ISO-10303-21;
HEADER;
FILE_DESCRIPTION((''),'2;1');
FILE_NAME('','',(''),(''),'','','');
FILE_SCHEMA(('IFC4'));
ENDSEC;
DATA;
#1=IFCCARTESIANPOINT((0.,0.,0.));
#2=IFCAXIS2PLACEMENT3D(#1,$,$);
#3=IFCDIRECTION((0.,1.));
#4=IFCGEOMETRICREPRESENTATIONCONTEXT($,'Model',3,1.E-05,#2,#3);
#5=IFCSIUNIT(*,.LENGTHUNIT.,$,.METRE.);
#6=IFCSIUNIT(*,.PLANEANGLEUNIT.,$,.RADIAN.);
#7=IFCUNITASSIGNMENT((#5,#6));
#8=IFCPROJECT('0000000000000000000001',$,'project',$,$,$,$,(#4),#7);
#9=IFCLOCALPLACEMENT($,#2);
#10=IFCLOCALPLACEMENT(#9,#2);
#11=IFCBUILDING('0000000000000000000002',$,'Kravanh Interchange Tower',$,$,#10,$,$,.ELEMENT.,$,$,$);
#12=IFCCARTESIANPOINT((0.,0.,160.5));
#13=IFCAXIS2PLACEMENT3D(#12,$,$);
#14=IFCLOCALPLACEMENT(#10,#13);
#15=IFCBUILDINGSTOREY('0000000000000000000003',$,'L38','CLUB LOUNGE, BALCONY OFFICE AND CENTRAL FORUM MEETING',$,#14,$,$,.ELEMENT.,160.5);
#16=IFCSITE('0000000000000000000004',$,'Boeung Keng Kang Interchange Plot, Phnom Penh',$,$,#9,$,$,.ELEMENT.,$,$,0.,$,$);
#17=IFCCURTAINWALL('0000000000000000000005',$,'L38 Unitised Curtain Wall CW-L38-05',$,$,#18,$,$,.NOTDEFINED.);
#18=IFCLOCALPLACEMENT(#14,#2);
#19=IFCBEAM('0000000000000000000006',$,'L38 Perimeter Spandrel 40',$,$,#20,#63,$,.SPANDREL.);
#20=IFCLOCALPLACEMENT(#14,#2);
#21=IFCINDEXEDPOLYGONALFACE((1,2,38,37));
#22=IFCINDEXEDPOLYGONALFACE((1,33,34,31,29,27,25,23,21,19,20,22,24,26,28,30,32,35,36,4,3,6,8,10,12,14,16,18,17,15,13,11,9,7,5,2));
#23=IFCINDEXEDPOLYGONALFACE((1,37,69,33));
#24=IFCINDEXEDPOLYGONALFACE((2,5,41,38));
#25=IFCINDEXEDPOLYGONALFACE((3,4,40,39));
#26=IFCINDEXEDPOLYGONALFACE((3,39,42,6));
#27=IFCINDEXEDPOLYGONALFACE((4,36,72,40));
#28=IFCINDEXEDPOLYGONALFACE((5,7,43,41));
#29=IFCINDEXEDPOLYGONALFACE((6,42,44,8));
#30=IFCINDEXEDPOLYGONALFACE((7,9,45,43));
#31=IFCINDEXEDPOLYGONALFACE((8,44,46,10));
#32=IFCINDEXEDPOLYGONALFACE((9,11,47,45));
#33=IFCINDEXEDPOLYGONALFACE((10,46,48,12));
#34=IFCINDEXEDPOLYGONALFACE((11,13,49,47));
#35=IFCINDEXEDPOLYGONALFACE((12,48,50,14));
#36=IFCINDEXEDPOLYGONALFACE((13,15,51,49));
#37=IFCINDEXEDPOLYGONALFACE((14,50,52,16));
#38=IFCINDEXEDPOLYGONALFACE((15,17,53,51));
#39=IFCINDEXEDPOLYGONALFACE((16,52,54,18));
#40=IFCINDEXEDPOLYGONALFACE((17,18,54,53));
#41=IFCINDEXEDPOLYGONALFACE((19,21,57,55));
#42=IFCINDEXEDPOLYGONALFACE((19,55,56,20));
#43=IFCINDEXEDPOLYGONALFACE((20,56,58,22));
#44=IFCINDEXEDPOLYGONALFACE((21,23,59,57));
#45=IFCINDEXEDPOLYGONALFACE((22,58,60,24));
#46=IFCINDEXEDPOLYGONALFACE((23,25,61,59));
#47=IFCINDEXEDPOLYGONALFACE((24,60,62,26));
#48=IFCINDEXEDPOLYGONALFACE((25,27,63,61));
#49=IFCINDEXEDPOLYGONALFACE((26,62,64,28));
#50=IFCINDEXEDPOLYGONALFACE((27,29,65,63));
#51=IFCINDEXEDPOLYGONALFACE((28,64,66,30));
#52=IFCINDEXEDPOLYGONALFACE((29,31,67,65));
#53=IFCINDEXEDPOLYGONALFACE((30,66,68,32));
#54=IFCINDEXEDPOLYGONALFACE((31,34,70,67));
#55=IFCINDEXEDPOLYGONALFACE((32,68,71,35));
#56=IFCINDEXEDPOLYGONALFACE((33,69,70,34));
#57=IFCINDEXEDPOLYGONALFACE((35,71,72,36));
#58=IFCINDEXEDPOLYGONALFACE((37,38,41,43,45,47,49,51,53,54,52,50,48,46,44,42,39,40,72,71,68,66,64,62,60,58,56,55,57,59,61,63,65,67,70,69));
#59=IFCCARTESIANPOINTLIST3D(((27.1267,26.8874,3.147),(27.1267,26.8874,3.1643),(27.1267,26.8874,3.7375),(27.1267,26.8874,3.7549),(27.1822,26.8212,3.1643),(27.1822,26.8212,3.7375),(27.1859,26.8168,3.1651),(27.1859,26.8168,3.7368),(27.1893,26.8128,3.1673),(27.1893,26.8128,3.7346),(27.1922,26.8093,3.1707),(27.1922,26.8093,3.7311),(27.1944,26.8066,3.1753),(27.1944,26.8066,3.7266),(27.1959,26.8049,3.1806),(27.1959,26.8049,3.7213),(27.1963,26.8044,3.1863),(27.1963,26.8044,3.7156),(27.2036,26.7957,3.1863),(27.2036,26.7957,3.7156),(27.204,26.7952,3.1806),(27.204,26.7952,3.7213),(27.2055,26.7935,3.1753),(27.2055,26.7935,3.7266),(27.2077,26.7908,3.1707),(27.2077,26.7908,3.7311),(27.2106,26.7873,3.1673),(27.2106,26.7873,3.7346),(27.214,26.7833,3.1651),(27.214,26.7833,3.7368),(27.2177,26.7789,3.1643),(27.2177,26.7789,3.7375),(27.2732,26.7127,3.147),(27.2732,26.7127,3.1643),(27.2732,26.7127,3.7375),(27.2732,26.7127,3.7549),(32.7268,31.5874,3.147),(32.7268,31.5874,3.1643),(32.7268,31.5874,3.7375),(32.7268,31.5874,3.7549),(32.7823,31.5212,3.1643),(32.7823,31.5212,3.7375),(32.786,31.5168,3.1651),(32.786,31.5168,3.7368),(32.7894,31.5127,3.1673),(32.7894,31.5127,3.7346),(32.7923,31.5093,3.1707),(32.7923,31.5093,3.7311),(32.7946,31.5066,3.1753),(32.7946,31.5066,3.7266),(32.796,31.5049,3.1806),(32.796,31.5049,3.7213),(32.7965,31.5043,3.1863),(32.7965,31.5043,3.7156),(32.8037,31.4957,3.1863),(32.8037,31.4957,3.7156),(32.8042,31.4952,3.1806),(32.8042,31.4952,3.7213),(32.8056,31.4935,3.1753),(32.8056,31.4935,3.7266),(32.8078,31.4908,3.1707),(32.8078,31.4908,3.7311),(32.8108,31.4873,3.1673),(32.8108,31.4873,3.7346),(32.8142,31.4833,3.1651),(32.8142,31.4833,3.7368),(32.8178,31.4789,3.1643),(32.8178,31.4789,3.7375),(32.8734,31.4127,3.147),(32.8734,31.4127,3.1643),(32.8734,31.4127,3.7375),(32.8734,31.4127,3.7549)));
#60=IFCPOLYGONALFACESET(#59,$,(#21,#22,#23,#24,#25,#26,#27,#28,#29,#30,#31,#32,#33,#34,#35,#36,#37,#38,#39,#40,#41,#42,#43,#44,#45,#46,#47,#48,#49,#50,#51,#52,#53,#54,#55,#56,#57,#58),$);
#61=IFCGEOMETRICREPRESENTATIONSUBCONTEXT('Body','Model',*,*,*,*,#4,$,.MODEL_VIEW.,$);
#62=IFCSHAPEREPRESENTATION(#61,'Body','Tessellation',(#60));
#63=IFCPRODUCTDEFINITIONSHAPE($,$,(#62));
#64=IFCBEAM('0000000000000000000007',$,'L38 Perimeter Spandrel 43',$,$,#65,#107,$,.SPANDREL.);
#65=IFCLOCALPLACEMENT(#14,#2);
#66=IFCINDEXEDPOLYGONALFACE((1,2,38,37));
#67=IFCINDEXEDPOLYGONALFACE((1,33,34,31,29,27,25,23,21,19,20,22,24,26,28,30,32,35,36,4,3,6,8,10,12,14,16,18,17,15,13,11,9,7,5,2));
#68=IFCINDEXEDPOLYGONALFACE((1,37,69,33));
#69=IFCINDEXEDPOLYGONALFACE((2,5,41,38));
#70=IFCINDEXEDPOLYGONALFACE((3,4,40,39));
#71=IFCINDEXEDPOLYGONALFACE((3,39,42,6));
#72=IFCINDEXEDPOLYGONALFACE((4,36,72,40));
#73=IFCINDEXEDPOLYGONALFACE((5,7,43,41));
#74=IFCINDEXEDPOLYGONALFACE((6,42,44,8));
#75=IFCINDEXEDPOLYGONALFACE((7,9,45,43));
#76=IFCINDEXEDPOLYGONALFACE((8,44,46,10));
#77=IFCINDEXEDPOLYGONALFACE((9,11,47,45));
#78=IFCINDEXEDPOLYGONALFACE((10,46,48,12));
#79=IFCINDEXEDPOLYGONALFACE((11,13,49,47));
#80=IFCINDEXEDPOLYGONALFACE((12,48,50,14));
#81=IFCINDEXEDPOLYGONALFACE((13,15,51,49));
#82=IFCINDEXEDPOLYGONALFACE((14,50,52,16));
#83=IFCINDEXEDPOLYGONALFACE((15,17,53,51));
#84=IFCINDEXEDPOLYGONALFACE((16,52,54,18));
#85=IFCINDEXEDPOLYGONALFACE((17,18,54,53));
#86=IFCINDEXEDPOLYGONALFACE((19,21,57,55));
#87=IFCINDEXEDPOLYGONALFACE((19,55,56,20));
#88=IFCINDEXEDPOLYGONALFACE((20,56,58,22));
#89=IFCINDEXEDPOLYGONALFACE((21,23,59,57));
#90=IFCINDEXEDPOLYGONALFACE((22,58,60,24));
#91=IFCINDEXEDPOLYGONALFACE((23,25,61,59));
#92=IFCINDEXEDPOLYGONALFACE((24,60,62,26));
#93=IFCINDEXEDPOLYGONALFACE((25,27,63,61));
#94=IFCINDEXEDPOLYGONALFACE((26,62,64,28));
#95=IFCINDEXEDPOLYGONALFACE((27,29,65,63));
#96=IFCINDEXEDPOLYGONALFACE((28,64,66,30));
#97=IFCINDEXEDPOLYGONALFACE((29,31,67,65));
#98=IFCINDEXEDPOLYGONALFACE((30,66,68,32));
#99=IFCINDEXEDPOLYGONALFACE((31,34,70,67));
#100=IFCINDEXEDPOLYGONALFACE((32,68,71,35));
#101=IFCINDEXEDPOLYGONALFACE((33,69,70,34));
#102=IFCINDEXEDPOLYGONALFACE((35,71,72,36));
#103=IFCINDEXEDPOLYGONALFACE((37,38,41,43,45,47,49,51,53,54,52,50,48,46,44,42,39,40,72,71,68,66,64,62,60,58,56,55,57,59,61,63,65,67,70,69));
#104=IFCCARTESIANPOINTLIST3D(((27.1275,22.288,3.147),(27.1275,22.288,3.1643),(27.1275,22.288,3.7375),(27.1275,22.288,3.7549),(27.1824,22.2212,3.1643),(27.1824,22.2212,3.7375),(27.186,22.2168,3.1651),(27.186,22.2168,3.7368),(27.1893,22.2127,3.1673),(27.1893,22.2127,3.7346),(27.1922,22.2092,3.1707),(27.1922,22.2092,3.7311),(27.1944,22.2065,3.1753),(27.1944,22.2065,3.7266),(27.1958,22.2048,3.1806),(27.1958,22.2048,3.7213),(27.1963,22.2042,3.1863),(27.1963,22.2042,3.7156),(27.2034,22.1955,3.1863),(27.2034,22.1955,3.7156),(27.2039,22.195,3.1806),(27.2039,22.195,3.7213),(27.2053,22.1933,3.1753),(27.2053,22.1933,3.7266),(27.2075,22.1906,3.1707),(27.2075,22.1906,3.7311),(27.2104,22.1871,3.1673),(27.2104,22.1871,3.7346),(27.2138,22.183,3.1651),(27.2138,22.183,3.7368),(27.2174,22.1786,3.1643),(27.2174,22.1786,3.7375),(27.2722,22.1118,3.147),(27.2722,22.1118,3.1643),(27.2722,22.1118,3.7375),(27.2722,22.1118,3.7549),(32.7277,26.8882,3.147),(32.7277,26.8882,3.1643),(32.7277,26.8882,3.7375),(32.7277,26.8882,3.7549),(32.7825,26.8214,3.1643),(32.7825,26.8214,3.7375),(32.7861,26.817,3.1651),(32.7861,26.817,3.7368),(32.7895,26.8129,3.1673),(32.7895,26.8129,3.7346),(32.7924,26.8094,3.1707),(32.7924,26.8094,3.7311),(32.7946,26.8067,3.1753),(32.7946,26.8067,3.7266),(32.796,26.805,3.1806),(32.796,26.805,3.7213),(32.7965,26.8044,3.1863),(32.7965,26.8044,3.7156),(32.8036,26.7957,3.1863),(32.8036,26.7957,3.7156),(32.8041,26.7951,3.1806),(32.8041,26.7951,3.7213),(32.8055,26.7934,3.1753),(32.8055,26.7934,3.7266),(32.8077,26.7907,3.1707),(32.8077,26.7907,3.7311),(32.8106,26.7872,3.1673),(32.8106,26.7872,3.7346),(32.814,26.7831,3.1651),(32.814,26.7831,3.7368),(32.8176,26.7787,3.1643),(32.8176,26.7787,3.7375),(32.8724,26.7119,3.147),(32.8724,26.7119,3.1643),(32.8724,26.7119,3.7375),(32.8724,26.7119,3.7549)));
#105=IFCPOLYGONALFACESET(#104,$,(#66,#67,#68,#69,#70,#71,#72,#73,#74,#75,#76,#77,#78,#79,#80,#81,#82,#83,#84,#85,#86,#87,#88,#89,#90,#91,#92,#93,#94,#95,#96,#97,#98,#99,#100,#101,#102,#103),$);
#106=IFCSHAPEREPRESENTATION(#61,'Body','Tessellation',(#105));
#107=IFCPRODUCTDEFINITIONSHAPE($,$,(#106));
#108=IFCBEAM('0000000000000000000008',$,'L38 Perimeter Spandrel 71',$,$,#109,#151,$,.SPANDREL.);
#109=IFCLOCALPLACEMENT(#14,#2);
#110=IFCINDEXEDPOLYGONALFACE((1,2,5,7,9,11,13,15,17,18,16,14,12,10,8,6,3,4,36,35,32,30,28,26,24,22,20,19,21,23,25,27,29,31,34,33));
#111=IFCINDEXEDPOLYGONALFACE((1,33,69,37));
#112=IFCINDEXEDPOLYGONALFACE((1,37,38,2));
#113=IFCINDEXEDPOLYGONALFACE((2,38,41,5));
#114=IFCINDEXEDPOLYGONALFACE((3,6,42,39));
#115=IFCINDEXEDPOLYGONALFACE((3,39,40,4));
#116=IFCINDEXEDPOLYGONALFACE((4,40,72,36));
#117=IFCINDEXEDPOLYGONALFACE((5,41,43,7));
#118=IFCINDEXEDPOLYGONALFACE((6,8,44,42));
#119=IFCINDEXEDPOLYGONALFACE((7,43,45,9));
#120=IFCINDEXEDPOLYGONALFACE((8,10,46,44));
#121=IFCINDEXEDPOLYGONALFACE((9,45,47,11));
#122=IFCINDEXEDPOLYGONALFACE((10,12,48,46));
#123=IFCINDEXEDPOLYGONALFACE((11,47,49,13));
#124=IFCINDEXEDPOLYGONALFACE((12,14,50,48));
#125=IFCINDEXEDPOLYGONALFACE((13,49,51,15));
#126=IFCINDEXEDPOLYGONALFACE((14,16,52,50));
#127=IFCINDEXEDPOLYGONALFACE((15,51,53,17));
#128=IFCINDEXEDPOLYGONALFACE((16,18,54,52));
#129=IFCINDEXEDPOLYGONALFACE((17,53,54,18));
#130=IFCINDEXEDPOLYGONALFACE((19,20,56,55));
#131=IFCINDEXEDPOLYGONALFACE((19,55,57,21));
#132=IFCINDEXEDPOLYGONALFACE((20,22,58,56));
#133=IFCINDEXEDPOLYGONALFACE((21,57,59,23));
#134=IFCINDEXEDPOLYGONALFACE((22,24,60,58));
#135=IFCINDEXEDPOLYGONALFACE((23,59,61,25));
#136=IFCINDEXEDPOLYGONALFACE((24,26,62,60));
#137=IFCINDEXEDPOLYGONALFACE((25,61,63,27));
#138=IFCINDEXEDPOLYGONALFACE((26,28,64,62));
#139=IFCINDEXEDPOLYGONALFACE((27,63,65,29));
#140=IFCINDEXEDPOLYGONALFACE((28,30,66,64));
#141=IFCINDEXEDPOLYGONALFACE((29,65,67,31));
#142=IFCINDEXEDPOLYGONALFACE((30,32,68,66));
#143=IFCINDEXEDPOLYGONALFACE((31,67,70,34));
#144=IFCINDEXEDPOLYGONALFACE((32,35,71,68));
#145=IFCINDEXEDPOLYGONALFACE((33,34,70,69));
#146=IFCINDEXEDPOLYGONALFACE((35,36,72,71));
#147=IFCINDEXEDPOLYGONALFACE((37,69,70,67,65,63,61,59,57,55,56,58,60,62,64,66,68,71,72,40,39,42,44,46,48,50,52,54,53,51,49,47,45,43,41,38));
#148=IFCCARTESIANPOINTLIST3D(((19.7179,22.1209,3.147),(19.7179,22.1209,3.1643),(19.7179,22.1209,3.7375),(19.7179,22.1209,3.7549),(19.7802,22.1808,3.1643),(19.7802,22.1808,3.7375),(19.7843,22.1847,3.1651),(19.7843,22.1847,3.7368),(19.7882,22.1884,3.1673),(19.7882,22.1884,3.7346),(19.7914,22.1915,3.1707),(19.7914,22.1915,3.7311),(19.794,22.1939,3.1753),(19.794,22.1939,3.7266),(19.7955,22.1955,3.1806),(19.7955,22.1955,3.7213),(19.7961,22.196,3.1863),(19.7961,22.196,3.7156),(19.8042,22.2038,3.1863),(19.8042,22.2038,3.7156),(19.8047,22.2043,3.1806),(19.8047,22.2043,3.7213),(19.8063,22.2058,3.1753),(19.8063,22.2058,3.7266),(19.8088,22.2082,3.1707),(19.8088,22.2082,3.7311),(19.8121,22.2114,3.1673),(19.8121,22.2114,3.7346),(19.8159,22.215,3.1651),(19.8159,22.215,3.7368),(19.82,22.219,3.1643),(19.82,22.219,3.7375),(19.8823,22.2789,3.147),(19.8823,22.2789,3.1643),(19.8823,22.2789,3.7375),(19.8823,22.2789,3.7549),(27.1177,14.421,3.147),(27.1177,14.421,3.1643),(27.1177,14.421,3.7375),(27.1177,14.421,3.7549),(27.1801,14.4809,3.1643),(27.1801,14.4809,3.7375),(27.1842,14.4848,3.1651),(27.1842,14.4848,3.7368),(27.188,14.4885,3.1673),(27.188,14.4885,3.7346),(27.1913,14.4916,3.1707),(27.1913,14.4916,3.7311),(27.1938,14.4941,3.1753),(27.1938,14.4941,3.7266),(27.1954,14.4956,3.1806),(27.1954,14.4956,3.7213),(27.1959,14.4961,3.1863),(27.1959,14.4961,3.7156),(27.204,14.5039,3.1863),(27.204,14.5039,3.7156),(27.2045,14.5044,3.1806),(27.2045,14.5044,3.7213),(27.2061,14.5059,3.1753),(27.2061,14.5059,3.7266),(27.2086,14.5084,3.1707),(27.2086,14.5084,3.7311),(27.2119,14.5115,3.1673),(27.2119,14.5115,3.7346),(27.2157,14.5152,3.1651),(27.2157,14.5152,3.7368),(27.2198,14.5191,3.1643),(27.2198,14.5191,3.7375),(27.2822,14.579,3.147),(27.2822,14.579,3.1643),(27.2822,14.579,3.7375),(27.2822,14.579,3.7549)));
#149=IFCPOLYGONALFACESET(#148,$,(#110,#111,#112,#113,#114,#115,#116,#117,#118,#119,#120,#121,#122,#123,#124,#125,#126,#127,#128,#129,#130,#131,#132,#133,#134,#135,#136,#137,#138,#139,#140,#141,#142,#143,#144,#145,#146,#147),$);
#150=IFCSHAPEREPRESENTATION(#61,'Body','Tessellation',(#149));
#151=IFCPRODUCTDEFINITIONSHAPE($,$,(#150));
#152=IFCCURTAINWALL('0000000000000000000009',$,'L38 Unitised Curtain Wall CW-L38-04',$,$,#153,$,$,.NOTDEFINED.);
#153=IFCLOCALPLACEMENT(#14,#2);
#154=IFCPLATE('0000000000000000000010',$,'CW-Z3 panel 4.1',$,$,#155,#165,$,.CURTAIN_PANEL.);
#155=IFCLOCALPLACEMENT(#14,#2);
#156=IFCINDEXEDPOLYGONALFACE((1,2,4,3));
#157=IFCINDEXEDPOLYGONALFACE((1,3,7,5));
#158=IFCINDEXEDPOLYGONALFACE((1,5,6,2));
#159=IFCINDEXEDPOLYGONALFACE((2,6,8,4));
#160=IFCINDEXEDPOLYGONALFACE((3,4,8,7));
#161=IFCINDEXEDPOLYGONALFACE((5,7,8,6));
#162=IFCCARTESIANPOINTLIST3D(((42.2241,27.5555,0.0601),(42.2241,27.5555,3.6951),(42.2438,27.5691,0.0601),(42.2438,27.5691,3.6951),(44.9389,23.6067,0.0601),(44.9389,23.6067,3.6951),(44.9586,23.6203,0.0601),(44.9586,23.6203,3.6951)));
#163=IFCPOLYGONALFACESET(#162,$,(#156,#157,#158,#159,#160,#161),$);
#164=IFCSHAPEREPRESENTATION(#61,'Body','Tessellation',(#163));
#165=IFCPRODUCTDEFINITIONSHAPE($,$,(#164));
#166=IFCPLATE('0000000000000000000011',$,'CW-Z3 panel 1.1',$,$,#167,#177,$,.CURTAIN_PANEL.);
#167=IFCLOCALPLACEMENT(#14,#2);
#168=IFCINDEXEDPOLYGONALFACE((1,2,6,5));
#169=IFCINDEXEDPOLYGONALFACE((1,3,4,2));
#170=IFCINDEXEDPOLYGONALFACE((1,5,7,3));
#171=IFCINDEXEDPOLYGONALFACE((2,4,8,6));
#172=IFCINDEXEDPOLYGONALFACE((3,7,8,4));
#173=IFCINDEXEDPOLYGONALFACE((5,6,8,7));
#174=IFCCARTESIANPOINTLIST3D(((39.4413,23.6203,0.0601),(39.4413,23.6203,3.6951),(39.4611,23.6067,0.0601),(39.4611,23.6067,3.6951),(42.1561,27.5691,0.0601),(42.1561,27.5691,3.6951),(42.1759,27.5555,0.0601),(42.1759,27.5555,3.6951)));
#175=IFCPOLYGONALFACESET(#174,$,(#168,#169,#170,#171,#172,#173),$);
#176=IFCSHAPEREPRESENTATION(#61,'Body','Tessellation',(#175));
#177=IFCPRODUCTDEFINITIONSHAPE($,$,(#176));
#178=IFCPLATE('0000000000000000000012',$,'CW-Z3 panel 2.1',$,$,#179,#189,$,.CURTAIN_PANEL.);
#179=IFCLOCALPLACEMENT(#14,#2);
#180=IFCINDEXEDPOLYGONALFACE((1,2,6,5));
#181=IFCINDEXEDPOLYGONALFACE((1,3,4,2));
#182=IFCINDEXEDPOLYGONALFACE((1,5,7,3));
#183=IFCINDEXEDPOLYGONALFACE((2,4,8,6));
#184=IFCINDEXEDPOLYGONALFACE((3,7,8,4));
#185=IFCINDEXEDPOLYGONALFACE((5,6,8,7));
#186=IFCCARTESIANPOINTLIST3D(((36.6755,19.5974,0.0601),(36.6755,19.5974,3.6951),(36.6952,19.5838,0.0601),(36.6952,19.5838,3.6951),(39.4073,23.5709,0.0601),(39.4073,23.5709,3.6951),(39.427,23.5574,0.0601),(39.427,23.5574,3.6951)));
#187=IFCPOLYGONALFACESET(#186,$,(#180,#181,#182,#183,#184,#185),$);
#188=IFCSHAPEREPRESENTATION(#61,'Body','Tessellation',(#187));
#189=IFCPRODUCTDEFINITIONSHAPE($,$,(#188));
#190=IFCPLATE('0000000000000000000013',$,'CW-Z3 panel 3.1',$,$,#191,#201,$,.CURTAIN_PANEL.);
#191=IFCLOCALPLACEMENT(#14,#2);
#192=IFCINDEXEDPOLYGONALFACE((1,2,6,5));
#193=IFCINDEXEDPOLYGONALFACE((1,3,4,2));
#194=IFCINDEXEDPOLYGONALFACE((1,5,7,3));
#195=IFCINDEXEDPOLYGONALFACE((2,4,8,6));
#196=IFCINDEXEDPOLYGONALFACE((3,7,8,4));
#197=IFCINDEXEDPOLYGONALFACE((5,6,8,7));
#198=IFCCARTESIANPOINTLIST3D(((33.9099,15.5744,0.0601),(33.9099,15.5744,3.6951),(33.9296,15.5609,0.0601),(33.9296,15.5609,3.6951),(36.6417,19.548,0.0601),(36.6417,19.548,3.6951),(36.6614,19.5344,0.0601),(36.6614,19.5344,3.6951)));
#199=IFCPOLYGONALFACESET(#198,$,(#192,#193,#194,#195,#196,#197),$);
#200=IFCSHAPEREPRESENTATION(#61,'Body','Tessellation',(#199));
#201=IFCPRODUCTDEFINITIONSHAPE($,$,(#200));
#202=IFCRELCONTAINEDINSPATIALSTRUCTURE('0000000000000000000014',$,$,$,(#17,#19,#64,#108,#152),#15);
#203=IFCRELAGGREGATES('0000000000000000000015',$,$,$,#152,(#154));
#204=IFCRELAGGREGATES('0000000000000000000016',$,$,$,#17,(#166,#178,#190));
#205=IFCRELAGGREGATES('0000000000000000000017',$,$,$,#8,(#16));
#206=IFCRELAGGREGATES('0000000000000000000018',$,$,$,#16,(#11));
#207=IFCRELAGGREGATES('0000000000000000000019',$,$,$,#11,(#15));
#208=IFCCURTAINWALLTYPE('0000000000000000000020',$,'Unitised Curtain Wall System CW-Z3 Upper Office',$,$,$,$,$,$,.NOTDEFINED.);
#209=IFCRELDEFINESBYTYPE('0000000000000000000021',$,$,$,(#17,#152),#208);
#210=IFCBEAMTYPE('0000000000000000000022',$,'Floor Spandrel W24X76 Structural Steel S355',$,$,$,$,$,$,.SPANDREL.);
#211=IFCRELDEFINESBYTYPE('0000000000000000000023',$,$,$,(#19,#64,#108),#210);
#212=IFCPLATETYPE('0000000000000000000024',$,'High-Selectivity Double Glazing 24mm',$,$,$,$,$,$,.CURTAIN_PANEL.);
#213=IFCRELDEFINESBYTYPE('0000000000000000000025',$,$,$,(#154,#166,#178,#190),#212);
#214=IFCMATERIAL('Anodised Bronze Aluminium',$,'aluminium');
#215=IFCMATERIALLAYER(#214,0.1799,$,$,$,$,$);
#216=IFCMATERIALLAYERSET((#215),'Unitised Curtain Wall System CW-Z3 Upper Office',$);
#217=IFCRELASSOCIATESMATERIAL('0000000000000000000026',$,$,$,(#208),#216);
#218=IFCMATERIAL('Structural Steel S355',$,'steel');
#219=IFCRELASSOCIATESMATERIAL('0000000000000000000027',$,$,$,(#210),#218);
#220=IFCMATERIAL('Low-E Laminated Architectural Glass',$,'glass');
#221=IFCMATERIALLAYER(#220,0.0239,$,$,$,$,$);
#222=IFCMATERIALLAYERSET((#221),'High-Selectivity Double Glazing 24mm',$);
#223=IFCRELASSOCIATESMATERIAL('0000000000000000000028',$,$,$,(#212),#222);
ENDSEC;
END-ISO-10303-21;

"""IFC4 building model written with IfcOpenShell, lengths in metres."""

from ifc_helpers import new_model, si_unit, direction, frame, origin, origin_2d, place, context, subcontext, project, spatial, rectangle, i_section, extrude, material, layer, layer_set, material_profile, profile_set, type_object, element, aggregate, save


model = new_model("IFC4")

# Units and contexts
model_context = context("Model", 3, precision=1e-05, world=origin(), true_north=direction((0.0, 1.0)))
body_context = subcontext(model_context, "Body", "Model", "MODEL_VIEW")
ifc_project = project(units=[si_unit("LENGTHUNIT", "METRE"), si_unit("PLANEANGLEUNIT", "RADIAN")], contexts=[model_context])

# Site, building, storey
site_placement = place(None, origin())
site = spatial("IfcSite", under=ifc_project, at=site_placement, Name="Boeung Keng Kang Interchange Plot, Phnom Penh", CompositionType="ELEMENT", RefElevation=0.0)
building_placement = place(site_placement, origin())
building = spatial("IfcBuilding", under=site, at=building_placement, Name="Kravanh Interchange Tower", CompositionType="ELEMENT")
storey_placement = place(building_placement, frame((0.0, 0.0, 160.5)))
storey = spatial("IfcBuildingStorey", under=building, at=storey_placement, Name="L38", Description="CLUB LOUNGE, BALCONY OFFICE AND CENTRAL FORUM MEETING", CompositionType="ELEMENT", Elevation=160.5)

# Curtain wall
ifc_material_1 = material(Name="Anodised Bronze Aluminium", Category="aluminium")
ifc_layer_1 = layer(ifc_material_1, 0.1799)
ifc_layer_set_1 = layer_set([ifc_layer_1], Name="Unitised Curtain Wall System CW-Z3 Upper Office")
curtain_wall_type = type_object("IfcCurtainWallType", Name="Unitised Curtain Wall System CW-Z3 Upper Office", PredefinedType="NOTDEFINED", material=ifc_layer_set_1)
curtain_wall_1_placement = place(storey_placement, origin())
curtain_wall_1 = element("IfcCurtainWall", 1, at=curtain_wall_1_placement, inside=storey, type_object=curtain_wall_type, Name="L38 Unitised Curtain Wall CW-L38-05", PredefinedType="NOTDEFINED")

# Beams
ifc_material_2 = material(Name="Structural Steel S355", Category="steel")
ifc_material_profile_1 = material_profile(ifc_material_2, i_section(OverallWidth=0.228, OverallDepth=0.6079, WebThickness=0.0112, FlangeThickness=0.0173, FilletRadius=0.022, at=origin_2d()), Name="W24X76")
ifc_profile_set_1 = profile_set([ifc_material_profile_1], Name="Structural Steel S355")
beam_type_1 = type_object("IfcBeamType", Name="Floor Spandrel W24X76 Structural Steel S355", PredefinedType="SPANDREL", material=ifc_profile_set_1)
beam_1_placement = place(storey_placement, frame((27.2, 26.8, 3.4509), z_axis=(0.765983, 0.642861, 0.0), x_axis=(-0.642861, 0.765983, 0.0)))
element("IfcBeam", 2, at=beam_1_placement, inside=storey, type_object=beam_type_1, Name="L38 Perimeter Spandrel 40", PredefinedType="SPANDREL", context=body_context, shape_type="SweptSolid", body=[
    extrude(i_section(OverallWidth=0.228, OverallDepth=0.6079, WebThickness=0.0112, FlangeThickness=0.0173, FilletRadius=0.022, at=origin_2d()), origin(), (0.0, 0.0, 1.0), 7.311),
])
beam_2_placement = place(storey_placement, frame((32.8, 26.8, 3.4509), z_axis=(-0.772725, -0.634741, 0.0), x_axis=(0.634741, -0.772725, 0.0)))
element("IfcBeam", 3, at=beam_2_placement, inside=storey, type_object=beam_type_1, Name="L38 Perimeter Spandrel 43", PredefinedType="SPANDREL", context=body_context, shape_type="SweptSolid", body=[
    extrude(i_section(OverallWidth=0.228, OverallDepth=0.6079, WebThickness=0.0112, FlangeThickness=0.0173, FilletRadius=0.022, at=origin_2d()), origin(), (0.0, 0.0, 1.0), 7.2473),
])
beam_3_placement = place(storey_placement, frame((27.2, 14.5, 3.4509), z_axis=(-0.692919, 0.721015, 0.0), x_axis=(-0.721015, -0.692919, 0.0)))
element("IfcBeam", 4, at=beam_3_placement, inside=storey, type_object=beam_type_1, Name="L38 Perimeter Spandrel 71", PredefinedType="SPANDREL", context=body_context, shape_type="SweptSolid", body=[
    extrude(i_section(OverallWidth=0.228, OverallDepth=0.6079, WebThickness=0.0112, FlangeThickness=0.0173, FilletRadius=0.022, at=origin_2d()), origin(), (0.0, 0.0, 1.0), 10.6792),
])

# Curtain wall, plate
curtain_wall_2_placement = place(storey_placement, origin())
curtain_wall_2 = element("IfcCurtainWall", 5, at=curtain_wall_2_placement, inside=storey, type_object=curtain_wall_type, Name="L38 Unitised Curtain Wall CW-L38-04", PredefinedType="NOTDEFINED")
ifc_material_3 = material(Name="Low-E Laminated Architectural Glass", Category="glass")
ifc_layer_2 = layer(ifc_material_3, 0.0239)
ifc_layer_set_2 = layer_set([ifc_layer_2], Name="High-Selectivity Double Glazing 24mm")
plate_type = type_object("IfcPlateType", Name="High-Selectivity Double Glazing 24mm", PredefinedType="CURTAIN_PANEL", material=ifc_layer_set_2)
plate_1_placement = place(storey_placement, frame((43.5913, 25.5879, 0.0601), z_axis=(0.0, 0.0, 1.0), x_axis=(-0.566528, 0.824042, 0.0)))
plate_1 = element("IfcPlate", 6, at=plate_1_placement, type_object=plate_type, Name="CW-Z3 panel 4.1", PredefinedType="CURTAIN_PANEL", context=body_context, shape_type="SweptSolid", body=[
    extrude(rectangle(XDim=4.792, YDim=0.0239, at=origin_2d()), origin(), (0.0, 0.0, 1.0), 3.635),
])
aggregate(curtain_wall_2, [plate_1])

# Plates
plate_2_placement = place(storey_placement, frame((40.8086, 25.5879, 0.0601), z_axis=(0.0, 0.0, 1.0), x_axis=(-0.566528, -0.824042, 0.0)))
plate_2 = element("IfcPlate", 7, at=plate_2_placement, type_object=plate_type, Name="CW-Z3 panel 1.1", PredefinedType="CURTAIN_PANEL", context=body_context, shape_type="SweptSolid", body=[
    extrude(rectangle(XDim=4.792, YDim=0.0239, at=origin_2d()), origin(), (0.0, 0.0, 1.0), 3.635),
])
plate_3_placement = place(storey_placement, frame((38.0513, 21.5774, 0.0601), z_axis=(0.0, 0.0, 1.0), x_axis=(-0.566528, -0.824042, 0.0)))
plate_3 = element("IfcPlate", 8, at=plate_3_placement, type_object=plate_type, Name="CW-Z3 panel 2.1", PredefinedType="CURTAIN_PANEL", context=body_context, shape_type="SweptSolid", body=[
    extrude(rectangle(XDim=4.822, YDim=0.0239, at=origin_2d()), origin(), (0.0, 0.0, 1.0), 3.635),
])
plate_4_placement = place(storey_placement, frame((35.2856, 17.5544, 0.0601), z_axis=(0.0, 0.0, 1.0), x_axis=(-0.566528, -0.824042, 0.0)))
plate_4 = element("IfcPlate", 9, at=plate_4_placement, type_object=plate_type, Name="CW-Z3 panel 3.1", PredefinedType="CURTAIN_PANEL", context=body_context, shape_type="SweptSolid", body=[
    extrude(rectangle(XDim=4.822, YDim=0.0239, at=origin_2d()), origin(), (0.0, 0.0, 1.0), 3.635),
])
aggregate(curtain_wall_1, [plate_2, plate_3, plate_4])

save(model, "model.ifc")
